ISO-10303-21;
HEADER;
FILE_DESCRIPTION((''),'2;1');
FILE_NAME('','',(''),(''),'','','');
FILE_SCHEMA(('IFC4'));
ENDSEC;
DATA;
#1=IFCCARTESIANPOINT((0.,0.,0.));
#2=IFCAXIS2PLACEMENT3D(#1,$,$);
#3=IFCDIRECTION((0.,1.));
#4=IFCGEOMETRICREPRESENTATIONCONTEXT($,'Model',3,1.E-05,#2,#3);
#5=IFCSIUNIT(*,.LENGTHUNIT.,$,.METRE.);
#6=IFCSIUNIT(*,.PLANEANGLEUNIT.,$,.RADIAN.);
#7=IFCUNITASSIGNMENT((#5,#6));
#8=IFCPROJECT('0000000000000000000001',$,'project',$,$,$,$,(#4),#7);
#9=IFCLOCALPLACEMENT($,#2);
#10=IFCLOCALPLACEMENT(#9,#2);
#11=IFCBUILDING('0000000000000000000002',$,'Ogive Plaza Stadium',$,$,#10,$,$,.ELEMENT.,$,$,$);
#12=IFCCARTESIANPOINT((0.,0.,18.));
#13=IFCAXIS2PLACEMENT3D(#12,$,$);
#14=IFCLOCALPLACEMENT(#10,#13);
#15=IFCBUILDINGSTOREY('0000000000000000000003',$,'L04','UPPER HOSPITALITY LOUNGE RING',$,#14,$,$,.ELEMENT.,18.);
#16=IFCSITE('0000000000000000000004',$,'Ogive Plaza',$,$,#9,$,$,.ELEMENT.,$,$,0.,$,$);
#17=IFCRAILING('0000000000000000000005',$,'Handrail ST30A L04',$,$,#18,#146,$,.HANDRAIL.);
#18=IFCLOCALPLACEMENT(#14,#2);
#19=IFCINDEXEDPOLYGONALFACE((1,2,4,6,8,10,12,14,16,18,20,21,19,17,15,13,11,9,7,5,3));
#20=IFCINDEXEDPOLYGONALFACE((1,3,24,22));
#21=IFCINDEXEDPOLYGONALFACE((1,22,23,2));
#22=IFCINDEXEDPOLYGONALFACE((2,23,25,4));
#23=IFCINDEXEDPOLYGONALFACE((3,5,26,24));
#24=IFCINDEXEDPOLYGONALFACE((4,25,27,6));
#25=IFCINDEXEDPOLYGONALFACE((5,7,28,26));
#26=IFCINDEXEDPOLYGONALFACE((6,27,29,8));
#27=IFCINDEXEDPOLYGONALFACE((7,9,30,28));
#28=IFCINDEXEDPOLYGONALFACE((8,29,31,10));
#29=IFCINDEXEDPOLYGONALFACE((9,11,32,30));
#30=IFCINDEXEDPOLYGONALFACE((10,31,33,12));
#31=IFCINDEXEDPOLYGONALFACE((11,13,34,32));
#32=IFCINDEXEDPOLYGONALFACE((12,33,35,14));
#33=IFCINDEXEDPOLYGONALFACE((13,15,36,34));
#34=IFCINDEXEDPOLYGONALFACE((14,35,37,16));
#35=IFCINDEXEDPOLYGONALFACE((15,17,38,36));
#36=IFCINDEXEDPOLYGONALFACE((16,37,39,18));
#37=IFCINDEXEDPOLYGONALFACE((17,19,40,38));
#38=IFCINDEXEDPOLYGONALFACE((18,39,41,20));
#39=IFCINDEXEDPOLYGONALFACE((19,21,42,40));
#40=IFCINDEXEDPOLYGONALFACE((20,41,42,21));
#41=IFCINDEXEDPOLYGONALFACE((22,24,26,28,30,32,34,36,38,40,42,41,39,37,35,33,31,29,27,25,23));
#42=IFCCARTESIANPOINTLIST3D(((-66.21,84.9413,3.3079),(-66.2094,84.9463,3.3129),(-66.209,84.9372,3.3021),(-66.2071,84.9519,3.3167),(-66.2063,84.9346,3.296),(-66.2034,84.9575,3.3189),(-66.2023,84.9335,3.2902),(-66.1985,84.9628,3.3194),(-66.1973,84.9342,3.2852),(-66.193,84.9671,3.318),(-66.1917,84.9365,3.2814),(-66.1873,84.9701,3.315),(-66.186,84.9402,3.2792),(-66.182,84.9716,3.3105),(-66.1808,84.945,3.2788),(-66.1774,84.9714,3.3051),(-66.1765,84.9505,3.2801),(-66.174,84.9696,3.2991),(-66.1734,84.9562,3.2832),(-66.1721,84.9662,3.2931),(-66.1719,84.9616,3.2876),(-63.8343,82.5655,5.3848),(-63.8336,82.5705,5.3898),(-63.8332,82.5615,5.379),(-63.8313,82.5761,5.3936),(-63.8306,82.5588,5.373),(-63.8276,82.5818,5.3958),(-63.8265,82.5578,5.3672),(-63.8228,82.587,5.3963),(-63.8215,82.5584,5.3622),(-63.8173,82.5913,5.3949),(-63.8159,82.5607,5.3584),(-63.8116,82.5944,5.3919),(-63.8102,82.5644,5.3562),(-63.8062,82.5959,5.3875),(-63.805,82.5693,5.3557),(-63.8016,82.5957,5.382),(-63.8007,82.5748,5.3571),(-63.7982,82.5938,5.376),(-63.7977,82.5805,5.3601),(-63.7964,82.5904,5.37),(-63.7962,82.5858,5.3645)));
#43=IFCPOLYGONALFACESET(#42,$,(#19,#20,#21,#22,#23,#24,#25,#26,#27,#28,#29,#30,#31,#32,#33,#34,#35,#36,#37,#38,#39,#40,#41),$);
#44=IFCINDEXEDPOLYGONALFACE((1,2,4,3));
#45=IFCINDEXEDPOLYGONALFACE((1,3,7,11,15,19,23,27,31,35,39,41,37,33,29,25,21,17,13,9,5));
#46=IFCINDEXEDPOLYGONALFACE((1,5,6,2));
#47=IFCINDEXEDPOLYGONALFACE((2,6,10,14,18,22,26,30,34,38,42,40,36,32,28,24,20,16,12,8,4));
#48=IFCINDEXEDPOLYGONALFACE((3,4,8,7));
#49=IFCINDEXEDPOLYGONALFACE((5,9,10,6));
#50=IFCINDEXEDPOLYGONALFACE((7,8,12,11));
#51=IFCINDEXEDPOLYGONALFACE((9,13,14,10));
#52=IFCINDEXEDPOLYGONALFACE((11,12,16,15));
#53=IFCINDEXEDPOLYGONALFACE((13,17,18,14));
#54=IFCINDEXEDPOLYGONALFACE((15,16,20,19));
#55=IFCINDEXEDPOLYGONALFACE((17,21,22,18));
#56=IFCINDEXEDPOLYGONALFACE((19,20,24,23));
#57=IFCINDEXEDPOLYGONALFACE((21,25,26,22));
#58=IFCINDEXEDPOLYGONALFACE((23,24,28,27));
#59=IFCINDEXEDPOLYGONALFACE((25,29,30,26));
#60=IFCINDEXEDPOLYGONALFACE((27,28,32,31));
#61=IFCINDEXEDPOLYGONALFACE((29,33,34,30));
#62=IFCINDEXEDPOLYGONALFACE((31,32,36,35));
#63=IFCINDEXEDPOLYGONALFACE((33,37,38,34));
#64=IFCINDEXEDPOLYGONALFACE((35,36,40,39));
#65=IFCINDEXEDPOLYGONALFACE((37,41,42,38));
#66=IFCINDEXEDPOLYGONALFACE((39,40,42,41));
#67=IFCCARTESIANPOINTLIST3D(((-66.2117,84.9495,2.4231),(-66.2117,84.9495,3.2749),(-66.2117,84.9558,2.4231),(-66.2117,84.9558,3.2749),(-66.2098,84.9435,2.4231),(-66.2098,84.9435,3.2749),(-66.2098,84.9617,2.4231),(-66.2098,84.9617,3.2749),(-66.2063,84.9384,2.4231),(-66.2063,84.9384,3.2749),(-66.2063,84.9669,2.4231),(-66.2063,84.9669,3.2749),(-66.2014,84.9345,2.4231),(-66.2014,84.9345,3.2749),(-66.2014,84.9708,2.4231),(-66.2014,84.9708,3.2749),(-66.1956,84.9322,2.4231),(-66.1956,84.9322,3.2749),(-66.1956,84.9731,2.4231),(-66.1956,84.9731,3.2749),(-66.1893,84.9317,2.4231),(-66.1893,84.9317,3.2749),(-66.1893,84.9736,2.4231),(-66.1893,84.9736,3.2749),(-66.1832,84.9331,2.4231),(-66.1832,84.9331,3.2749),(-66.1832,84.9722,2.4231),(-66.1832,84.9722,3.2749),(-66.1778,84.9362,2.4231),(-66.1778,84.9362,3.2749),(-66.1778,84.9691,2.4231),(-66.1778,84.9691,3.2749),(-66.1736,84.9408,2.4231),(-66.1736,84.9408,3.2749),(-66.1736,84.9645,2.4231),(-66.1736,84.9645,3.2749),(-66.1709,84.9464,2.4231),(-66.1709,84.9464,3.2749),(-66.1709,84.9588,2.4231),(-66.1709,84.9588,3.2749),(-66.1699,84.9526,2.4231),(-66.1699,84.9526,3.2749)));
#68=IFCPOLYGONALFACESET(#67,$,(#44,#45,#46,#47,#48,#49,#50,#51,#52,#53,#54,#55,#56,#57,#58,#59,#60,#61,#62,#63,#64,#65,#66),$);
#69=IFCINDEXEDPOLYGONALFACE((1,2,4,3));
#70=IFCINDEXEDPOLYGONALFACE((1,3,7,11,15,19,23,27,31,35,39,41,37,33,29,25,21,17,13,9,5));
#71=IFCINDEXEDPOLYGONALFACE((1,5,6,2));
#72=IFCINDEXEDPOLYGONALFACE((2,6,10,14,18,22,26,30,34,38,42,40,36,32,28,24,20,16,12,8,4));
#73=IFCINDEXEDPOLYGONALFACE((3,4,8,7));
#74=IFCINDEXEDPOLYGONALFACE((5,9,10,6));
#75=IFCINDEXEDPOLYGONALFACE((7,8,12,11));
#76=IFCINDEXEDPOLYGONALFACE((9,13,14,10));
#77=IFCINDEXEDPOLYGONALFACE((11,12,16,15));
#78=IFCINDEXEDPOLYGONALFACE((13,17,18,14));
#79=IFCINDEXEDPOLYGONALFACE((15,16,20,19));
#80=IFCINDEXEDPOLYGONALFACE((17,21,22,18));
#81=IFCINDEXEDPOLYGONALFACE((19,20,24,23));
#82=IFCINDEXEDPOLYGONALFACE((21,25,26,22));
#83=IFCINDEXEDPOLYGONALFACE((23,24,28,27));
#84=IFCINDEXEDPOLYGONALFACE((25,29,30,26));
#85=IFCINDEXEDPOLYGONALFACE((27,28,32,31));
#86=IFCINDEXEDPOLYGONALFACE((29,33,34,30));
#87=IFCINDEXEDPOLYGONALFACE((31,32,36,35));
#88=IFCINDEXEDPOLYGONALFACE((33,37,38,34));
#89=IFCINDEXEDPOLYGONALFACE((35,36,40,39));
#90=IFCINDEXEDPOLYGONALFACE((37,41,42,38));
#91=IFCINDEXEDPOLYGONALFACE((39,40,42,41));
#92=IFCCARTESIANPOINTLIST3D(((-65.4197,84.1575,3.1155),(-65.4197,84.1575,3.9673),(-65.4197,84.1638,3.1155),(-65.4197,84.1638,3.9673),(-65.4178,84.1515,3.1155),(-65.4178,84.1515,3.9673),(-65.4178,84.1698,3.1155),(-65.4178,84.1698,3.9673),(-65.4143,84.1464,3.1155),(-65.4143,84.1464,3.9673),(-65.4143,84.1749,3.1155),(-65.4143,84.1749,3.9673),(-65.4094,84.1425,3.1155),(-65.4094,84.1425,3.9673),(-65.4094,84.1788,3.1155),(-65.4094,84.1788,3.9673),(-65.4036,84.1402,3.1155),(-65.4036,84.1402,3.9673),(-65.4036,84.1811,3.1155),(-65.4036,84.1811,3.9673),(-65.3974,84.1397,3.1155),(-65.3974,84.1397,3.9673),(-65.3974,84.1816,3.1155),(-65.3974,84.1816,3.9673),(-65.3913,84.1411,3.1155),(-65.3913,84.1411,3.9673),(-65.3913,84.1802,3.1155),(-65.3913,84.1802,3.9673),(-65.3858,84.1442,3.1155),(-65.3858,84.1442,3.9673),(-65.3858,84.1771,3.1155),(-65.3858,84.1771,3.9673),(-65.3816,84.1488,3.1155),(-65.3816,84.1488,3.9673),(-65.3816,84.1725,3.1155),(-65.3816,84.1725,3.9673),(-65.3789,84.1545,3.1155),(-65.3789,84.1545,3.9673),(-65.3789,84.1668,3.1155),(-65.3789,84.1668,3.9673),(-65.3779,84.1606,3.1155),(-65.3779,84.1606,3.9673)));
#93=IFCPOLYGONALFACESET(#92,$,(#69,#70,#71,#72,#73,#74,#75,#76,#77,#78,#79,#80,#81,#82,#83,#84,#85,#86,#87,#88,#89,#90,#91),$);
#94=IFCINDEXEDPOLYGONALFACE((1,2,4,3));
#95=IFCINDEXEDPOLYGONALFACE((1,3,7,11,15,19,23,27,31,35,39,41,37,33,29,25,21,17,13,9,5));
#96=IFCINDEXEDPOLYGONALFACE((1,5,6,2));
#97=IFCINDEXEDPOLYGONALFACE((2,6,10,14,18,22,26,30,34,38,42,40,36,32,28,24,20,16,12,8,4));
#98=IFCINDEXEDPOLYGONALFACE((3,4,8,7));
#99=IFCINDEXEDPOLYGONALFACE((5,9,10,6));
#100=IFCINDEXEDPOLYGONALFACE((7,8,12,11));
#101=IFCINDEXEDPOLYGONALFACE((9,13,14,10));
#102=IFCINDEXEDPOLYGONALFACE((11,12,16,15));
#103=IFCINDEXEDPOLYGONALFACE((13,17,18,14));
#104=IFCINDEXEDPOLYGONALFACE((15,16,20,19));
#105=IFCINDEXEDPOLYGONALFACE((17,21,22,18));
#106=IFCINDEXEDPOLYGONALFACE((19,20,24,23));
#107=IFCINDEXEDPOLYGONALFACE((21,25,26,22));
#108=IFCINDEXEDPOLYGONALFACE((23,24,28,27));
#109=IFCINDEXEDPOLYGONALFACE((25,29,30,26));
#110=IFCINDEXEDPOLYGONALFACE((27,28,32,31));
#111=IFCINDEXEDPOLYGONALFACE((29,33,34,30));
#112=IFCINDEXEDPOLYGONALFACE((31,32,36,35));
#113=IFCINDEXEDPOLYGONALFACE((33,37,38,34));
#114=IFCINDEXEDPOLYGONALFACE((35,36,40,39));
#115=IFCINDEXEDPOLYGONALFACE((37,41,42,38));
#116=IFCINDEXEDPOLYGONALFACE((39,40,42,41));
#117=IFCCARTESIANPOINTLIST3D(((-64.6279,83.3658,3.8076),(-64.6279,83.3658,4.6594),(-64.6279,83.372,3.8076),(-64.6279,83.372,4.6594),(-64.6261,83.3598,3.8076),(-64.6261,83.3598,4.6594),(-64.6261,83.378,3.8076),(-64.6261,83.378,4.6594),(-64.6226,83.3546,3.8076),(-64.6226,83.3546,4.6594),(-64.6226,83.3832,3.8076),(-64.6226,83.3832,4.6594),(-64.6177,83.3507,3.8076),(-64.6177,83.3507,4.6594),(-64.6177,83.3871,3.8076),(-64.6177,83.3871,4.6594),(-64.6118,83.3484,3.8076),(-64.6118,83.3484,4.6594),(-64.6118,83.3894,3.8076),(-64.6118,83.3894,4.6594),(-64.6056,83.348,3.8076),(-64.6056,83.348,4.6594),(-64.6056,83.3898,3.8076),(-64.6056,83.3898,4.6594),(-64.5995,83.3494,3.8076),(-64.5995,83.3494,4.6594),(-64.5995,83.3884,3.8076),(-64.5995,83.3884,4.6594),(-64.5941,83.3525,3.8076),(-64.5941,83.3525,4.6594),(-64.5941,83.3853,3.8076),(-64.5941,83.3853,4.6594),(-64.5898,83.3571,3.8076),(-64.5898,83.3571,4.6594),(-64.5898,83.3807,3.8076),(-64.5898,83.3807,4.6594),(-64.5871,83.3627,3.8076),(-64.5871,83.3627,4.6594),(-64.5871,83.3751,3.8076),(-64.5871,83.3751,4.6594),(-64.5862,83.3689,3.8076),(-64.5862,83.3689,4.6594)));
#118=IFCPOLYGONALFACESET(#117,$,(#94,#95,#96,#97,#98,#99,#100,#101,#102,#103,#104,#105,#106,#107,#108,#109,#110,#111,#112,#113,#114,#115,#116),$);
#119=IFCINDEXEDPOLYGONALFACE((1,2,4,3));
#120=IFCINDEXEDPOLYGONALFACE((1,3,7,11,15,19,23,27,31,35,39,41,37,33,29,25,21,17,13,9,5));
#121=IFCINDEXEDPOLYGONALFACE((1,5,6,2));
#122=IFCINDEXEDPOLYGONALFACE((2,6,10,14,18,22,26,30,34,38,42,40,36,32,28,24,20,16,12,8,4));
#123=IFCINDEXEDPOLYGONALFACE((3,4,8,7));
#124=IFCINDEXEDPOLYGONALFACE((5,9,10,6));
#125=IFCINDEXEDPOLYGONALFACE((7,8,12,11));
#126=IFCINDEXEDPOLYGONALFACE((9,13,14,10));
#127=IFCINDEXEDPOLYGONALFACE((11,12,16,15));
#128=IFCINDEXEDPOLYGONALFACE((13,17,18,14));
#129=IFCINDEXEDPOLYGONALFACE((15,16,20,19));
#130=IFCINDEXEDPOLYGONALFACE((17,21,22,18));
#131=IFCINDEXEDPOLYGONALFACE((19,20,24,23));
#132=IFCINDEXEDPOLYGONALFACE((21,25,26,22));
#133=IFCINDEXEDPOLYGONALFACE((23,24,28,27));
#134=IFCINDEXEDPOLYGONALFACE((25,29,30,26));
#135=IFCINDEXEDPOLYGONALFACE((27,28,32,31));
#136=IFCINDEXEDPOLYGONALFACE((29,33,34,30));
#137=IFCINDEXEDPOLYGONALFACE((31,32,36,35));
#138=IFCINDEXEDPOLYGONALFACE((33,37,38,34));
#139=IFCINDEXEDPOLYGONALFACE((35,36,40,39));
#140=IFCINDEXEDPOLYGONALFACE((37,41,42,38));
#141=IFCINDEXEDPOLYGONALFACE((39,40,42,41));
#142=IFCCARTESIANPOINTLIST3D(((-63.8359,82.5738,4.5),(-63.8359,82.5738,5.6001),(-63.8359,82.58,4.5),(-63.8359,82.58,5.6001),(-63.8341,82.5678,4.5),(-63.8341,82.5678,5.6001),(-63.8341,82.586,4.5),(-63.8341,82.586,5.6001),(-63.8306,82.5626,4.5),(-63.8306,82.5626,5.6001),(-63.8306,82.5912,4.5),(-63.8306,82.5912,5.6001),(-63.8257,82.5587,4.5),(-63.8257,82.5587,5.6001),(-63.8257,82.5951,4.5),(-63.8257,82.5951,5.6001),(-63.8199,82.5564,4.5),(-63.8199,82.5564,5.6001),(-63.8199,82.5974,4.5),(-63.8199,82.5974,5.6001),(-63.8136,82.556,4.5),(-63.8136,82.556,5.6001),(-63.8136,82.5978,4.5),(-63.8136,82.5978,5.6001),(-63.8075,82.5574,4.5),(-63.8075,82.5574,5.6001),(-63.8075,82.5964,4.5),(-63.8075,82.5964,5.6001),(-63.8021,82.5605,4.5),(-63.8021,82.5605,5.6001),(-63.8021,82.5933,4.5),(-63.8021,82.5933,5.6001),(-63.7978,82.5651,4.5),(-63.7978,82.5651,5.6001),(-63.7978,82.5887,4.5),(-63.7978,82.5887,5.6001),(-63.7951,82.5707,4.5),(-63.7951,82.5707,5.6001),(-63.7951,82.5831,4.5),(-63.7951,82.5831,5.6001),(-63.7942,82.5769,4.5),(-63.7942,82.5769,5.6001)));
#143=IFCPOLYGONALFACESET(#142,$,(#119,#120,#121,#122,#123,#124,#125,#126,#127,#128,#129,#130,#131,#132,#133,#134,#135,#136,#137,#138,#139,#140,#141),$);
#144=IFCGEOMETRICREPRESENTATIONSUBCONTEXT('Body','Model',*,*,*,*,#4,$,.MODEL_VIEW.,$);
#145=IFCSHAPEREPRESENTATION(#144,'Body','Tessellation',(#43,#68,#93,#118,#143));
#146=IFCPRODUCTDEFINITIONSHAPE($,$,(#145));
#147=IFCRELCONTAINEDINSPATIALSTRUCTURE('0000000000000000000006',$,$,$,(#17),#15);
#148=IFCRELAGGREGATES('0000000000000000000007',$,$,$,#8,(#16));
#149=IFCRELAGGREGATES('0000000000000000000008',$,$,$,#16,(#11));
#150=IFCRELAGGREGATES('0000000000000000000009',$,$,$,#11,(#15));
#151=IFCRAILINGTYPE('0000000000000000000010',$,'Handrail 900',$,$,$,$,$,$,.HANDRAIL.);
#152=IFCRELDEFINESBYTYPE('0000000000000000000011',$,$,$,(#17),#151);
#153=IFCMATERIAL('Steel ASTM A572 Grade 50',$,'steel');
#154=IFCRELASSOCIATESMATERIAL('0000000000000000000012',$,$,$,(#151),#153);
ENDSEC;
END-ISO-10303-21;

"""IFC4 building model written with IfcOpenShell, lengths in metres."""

from ifc_helpers import new_model, si_unit, direction, frame, origin, origin_2d, place, context, subcontext, project, spatial, circle, extrude, material, type_object, element, save


model = new_model("IFC4")

# Units and contexts
model_context = context("Model", 3, precision=1e-05, world=origin(), true_north=direction((0.0, 1.0)))
body_context = subcontext(model_context, "Body", "Model", "MODEL_VIEW")
ifc_project = project(units=[si_unit("LENGTHUNIT", "METRE"), si_unit("PLANEANGLEUNIT", "RADIAN")], contexts=[model_context])

# Site, building, storey
site_placement = place(None, origin())
site = spatial("IfcSite", under=ifc_project, at=site_placement, Name="Ogive Plaza", CompositionType="ELEMENT", RefElevation=0.0)
building_placement = place(site_placement, origin())
building = spatial("IfcBuilding", under=site, at=building_placement, Name="Ogive Plaza Stadium", CompositionType="ELEMENT")
storey_placement = place(building_placement, frame((0.0, 0.0, 18.0)))
storey = spatial("IfcBuildingStorey", under=building, at=storey_placement, Name="L04", Description="UPPER HOSPITALITY LOUNGE RING", CompositionType="ELEMENT", Elevation=18.0)

# Railing
ifc_material_1 = material(Name="Steel ASTM A572 Grade 50", Category="steel")
railing_type_1 = type_object("IfcRailingType", Name="Handrail 900", PredefinedType="HANDRAIL", material=ifc_material_1)
for number, where, name in (
    (1, (-66.1909, 84.9526, 2.4231), "Handrail ST30A L04"),
):
    element("IfcRailing", number, at=place(storey_placement, frame(where)), inside=storey, type_object=railing_type_1, Name=name, PredefinedType="HANDRAIL", context=body_context, shape_type="SweptSolid", body=[
        extrude(circle(Radius=0.0239, at=origin_2d()), frame((0.0, 0.0, 0.876), z_axis=(0.601466, -0.601466, 0.525811), x_axis=(0.707107, 0.707107, 0.0)), (0.0, 0.0, 1.0), 3.95),
        extrude(circle(Radius=0.021, at=origin_2d()), origin(), (0.0, 0.0, 1.0), 0.8518),
        extrude(circle(Radius=0.021, at=origin_2d()), frame((0.792, -0.792, 0.6924)), (0.0, 0.0, 1.0), 0.8518),
        extrude(circle(Radius=0.021, at=origin_2d()), frame((1.5837, -1.5837, 1.3845)), (0.0, 0.0, 1.0), 0.8518),
        extrude(circle(Radius=0.021, at=origin_2d()), frame((2.3757, -2.3757, 2.0769)), (0.0, 0.0, 1.0), 1.1001),
    ])

save(model, "model.ifc")
